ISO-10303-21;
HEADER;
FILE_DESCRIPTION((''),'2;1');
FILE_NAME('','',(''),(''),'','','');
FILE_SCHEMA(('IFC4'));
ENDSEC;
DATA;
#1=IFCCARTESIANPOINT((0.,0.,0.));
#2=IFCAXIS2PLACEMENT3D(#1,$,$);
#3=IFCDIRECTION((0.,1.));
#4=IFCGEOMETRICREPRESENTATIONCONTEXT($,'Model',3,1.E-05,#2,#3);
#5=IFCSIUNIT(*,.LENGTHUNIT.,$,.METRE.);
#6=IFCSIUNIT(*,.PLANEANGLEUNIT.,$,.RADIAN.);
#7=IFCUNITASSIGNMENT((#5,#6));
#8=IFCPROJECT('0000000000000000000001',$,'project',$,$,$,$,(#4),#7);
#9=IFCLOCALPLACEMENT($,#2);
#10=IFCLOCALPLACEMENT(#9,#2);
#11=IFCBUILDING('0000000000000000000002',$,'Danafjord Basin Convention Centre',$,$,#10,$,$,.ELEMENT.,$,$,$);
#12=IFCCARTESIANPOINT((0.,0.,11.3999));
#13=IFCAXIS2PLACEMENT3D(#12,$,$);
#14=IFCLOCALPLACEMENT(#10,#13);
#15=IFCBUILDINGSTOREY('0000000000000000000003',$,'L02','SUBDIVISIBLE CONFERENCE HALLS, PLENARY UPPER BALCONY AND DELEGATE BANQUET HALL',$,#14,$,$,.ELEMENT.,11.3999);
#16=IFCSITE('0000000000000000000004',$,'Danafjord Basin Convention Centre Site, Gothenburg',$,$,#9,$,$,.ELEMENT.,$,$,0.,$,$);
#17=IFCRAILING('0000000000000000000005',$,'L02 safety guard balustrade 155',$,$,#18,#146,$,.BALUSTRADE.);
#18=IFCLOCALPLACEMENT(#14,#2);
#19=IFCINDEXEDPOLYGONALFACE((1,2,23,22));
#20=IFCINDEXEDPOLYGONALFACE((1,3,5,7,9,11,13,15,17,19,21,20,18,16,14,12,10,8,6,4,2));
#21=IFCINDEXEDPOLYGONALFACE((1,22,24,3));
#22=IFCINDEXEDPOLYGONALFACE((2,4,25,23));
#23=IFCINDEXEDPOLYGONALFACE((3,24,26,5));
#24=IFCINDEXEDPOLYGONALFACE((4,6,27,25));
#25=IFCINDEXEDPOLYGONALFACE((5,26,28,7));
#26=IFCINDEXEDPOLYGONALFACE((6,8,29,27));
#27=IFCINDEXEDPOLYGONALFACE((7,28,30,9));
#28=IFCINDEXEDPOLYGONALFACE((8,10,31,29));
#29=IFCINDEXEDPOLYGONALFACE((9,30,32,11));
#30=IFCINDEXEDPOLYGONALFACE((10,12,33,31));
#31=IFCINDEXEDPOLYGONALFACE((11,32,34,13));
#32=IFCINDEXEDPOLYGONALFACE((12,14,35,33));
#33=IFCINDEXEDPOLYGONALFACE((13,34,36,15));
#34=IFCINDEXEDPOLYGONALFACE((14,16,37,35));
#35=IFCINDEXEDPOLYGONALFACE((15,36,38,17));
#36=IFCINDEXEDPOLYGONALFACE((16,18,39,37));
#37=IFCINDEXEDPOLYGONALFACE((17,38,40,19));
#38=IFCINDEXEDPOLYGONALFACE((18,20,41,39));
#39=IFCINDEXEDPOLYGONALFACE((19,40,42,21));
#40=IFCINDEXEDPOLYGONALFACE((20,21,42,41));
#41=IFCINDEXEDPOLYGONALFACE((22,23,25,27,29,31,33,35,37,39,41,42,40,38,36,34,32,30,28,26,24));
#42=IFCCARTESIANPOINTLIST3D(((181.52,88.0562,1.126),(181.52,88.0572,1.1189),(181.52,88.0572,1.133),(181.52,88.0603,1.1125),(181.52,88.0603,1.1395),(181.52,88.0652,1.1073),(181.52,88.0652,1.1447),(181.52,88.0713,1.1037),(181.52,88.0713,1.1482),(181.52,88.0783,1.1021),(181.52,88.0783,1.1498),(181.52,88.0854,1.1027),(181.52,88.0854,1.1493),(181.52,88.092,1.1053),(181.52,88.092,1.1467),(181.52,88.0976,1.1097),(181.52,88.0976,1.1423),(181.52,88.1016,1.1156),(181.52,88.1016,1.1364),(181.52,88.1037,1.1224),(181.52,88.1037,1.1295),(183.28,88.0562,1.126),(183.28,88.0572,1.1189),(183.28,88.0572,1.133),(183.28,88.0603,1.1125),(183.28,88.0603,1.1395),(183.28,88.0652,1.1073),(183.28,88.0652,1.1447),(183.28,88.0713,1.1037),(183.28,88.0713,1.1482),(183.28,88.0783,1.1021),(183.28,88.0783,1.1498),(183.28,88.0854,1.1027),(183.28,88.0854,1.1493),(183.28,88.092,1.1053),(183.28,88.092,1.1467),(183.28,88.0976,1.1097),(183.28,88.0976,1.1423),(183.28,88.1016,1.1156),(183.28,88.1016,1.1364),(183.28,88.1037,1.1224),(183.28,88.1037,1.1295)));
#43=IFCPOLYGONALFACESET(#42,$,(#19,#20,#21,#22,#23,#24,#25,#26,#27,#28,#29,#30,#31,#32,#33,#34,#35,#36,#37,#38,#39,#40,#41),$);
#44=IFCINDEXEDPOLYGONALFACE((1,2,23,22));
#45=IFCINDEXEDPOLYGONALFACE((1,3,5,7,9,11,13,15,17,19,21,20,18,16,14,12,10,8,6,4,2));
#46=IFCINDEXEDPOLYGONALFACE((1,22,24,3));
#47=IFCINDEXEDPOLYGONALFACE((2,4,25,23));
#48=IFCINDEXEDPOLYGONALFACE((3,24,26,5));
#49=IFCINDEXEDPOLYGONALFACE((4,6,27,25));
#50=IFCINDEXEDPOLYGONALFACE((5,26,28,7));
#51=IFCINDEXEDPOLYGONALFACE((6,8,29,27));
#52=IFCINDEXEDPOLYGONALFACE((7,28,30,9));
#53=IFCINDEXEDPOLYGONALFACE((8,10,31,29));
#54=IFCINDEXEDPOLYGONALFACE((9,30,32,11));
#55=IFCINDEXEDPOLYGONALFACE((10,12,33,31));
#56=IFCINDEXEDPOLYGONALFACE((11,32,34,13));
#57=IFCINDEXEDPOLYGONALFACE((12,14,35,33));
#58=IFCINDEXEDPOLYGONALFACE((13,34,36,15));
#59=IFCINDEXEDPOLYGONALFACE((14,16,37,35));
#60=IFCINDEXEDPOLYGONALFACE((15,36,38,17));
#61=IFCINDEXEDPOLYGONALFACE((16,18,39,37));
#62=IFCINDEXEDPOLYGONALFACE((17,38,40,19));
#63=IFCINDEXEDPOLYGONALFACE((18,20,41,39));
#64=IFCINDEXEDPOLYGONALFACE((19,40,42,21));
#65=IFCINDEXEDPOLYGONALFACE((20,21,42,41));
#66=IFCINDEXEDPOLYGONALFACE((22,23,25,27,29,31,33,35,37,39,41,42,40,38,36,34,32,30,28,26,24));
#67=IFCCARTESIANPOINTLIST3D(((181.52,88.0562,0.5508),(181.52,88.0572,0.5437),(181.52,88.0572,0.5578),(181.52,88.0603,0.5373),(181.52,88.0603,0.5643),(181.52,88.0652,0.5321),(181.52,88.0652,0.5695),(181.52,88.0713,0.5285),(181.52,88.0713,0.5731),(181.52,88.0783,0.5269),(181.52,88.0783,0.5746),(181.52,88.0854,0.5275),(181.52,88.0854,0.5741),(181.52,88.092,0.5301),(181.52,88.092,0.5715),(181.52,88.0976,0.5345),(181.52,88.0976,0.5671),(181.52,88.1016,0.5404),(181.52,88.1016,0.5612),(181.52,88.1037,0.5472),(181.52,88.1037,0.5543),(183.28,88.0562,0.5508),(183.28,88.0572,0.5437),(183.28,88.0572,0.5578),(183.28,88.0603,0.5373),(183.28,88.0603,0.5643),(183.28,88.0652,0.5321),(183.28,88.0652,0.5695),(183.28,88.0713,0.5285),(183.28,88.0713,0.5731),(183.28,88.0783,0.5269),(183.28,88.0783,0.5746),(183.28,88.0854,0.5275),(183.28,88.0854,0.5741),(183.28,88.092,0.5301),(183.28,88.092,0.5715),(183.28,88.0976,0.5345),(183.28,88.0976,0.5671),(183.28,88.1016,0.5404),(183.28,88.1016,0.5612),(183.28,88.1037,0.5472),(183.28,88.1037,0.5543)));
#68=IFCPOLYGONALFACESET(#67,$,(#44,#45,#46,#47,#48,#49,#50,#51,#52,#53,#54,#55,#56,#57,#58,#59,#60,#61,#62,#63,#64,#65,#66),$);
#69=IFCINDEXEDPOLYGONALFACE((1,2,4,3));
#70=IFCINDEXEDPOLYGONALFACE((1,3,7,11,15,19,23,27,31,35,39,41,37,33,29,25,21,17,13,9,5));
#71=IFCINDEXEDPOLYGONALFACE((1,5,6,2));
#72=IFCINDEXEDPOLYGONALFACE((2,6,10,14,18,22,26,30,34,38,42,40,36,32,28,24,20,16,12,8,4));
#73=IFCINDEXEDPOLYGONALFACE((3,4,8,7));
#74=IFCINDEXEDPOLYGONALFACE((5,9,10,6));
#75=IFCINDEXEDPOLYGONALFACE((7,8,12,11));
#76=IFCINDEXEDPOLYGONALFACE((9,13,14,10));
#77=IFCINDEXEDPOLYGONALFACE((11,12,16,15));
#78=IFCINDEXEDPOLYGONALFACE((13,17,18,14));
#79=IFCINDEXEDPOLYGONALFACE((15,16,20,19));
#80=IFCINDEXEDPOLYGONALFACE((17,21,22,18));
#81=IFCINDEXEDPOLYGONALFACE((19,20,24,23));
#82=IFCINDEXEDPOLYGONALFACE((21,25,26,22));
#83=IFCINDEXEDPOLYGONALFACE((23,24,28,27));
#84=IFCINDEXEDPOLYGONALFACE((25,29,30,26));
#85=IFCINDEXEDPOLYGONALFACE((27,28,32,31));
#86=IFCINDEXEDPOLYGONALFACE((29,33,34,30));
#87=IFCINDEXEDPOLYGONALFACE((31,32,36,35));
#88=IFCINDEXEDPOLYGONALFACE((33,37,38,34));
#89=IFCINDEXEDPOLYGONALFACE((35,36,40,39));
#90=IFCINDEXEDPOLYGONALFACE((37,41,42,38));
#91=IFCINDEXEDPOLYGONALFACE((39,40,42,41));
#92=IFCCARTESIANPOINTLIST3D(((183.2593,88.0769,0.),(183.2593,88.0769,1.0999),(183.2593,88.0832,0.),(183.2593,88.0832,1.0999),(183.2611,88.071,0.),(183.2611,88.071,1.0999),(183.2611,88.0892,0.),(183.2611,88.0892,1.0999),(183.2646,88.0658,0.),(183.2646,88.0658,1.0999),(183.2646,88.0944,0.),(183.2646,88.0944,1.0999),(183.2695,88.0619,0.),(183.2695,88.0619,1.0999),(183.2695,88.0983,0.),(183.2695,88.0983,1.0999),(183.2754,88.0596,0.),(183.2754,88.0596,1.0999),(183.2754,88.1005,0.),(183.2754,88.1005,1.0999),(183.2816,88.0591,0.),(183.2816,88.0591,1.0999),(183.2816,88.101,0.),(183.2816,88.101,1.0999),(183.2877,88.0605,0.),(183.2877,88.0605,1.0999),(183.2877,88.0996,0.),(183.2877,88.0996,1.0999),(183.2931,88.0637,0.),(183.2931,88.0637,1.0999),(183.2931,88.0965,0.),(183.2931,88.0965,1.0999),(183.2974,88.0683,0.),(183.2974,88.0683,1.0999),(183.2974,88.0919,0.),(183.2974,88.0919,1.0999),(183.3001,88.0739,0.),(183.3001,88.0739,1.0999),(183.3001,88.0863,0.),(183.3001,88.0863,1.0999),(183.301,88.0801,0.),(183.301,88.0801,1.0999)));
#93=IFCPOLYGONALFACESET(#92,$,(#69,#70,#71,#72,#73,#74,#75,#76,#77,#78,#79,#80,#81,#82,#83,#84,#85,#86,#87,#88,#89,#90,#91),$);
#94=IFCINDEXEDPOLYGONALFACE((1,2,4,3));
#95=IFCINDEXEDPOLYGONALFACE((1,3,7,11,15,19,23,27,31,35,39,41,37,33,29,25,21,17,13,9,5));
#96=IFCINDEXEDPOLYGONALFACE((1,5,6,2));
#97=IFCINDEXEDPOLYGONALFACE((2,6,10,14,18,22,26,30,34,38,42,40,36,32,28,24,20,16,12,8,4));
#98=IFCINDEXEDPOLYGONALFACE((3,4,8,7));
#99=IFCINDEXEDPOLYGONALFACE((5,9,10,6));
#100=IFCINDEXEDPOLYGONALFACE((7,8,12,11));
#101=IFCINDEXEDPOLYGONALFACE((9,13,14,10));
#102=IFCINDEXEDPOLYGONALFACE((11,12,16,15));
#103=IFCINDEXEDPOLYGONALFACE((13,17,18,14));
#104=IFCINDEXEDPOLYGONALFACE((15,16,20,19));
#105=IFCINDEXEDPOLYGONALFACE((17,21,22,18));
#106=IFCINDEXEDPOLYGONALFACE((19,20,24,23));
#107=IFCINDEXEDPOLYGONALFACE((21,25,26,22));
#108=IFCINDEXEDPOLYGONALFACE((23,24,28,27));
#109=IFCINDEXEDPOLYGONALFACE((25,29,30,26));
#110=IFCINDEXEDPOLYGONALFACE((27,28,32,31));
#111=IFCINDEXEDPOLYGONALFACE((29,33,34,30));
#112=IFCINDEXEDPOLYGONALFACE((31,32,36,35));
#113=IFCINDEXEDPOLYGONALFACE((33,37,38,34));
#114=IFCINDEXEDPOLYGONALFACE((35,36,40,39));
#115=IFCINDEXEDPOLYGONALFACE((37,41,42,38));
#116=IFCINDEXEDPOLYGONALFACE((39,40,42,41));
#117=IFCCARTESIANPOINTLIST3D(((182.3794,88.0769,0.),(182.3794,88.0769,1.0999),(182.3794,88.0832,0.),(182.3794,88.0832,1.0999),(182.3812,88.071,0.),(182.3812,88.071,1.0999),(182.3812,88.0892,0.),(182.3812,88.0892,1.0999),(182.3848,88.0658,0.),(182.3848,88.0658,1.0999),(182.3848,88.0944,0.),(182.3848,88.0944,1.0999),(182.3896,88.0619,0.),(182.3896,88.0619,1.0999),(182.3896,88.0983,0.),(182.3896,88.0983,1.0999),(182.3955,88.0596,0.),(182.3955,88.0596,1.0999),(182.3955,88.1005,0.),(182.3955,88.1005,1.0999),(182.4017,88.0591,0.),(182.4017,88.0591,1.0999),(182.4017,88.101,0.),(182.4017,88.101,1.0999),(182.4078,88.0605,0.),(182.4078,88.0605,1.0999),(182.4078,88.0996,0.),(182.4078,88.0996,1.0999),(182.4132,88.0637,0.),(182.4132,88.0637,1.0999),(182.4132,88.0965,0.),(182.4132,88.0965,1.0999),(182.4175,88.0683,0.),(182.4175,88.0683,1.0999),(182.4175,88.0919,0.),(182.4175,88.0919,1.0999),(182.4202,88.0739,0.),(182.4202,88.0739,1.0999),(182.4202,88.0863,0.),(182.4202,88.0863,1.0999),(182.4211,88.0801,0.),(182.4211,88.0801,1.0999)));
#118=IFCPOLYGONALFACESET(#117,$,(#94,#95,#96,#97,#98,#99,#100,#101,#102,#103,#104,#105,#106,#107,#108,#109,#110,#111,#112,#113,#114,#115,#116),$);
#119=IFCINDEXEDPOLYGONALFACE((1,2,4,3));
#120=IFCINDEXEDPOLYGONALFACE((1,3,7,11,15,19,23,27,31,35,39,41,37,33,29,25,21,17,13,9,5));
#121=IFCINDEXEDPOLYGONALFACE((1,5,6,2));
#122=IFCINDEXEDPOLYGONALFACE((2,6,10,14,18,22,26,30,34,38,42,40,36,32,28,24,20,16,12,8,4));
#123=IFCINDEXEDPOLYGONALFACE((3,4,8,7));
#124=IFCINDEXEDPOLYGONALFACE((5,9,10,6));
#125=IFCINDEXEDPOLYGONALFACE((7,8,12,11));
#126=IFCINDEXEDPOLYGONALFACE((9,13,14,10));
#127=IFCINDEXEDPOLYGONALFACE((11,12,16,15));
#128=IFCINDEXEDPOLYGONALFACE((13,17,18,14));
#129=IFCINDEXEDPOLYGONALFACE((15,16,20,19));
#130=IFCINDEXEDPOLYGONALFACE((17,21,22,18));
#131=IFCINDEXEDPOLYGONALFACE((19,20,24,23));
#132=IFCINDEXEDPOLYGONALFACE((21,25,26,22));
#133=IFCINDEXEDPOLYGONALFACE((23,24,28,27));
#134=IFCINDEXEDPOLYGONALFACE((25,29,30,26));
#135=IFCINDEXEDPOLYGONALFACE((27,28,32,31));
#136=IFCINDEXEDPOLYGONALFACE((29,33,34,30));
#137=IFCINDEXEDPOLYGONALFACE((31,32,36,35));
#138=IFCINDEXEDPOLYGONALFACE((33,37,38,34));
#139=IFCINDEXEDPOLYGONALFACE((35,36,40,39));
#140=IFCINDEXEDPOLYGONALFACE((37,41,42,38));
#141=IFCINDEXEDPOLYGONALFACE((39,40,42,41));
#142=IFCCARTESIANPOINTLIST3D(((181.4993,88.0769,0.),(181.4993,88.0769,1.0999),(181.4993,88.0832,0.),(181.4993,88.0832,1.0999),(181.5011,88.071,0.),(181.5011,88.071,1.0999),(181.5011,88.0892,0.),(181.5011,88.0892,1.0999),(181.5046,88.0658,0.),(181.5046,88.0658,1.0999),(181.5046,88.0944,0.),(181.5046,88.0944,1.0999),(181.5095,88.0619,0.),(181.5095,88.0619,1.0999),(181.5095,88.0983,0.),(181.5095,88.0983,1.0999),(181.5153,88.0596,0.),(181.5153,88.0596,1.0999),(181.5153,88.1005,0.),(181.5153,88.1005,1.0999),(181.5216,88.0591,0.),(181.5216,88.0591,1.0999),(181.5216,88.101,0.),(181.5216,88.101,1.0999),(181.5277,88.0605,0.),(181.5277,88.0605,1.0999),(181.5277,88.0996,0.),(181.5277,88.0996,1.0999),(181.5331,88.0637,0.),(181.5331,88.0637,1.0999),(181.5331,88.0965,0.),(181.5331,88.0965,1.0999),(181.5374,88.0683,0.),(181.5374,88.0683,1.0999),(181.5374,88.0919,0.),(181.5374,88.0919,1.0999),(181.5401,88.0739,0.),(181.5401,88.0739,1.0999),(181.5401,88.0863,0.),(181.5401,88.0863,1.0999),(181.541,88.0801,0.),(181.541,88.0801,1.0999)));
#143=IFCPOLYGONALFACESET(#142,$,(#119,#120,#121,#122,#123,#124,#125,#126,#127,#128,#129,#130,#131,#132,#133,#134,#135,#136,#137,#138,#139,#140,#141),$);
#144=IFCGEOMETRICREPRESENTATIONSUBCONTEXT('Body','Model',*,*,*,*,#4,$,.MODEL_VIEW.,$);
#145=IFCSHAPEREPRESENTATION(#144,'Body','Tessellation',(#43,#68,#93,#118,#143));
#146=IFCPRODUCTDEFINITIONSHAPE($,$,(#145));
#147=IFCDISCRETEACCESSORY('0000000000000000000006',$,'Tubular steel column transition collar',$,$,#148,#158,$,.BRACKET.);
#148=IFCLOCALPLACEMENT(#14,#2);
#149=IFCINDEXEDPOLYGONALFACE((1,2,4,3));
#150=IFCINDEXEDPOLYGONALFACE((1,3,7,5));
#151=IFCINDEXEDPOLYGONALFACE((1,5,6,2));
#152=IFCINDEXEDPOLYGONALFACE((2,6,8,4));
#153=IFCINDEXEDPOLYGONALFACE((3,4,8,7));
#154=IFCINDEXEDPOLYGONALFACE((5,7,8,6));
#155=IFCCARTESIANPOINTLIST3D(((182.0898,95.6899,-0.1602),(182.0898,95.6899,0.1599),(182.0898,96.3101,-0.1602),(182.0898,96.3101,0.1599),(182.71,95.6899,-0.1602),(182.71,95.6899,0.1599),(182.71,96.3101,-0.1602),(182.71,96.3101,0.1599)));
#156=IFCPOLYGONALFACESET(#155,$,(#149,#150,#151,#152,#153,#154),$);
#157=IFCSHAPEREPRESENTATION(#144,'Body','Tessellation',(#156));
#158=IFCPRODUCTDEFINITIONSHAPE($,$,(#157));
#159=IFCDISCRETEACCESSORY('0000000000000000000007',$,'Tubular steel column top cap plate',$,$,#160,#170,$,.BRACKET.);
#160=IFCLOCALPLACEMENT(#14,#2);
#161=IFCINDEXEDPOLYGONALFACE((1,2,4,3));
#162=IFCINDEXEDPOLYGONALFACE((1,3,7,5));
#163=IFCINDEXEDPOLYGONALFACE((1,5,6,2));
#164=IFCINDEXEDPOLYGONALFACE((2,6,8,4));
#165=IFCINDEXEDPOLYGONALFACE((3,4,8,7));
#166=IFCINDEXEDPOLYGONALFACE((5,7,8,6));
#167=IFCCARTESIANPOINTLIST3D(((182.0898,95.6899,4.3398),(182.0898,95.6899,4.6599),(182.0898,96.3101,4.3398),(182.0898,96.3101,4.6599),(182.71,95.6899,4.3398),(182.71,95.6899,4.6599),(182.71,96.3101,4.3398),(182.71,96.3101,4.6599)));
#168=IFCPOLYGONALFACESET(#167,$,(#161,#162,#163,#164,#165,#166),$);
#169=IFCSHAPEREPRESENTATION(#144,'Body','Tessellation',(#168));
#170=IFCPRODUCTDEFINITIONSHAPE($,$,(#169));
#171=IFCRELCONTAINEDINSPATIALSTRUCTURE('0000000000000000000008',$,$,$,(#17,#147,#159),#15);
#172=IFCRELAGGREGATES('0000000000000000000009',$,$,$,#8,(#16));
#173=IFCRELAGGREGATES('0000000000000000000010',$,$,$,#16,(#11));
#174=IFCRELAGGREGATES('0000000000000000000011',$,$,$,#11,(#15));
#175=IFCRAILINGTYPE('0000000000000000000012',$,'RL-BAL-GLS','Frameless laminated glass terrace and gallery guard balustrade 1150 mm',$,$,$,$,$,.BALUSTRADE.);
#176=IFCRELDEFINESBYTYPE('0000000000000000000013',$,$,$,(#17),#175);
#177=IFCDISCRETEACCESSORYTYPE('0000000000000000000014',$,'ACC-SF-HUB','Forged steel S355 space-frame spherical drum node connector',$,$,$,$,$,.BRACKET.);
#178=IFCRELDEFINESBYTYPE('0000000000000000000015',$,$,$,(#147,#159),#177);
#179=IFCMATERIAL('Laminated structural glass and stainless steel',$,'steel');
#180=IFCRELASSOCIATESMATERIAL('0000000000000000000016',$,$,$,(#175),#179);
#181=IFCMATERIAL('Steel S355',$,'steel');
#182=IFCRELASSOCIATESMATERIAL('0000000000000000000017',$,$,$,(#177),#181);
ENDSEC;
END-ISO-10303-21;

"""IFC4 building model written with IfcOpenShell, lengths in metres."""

from ifc_helpers import new_model, si_unit, direction, frame, origin, origin_2d, place, context, subcontext, project, spatial, rectangle, circle, extrude, material, type_object, element, save


model = new_model("IFC4")

# Units and contexts
model_context = context("Model", 3, precision=1e-05, world=origin(), true_north=direction((0.0, 1.0)))
body_context = subcontext(model_context, "Body", "Model", "MODEL_VIEW")
ifc_project = project(units=[si_unit("LENGTHUNIT", "METRE"), si_unit("PLANEANGLEUNIT", "RADIAN")], contexts=[model_context])

# Site, building, storey
site_placement = place(None, origin())
site = spatial("IfcSite", under=ifc_project, at=site_placement, Name="Danafjord Basin Convention Centre Site, Gothenburg", CompositionType="ELEMENT", RefElevation=0.0)
building_placement = place(site_placement, origin())
building = spatial("IfcBuilding", under=site, at=building_placement, Name="Danafjord Basin Convention Centre", CompositionType="ELEMENT")
storey_placement = place(building_placement, frame((0.0, 0.0, 11.3999)))
storey = spatial("IfcBuildingStorey", under=building, at=storey_placement, Name="L02", Description="SUBDIVISIBLE CONFERENCE HALLS, PLENARY UPPER BALCONY AND DELEGATE BANQUET HALL", CompositionType="ELEMENT", Elevation=11.3999)

# Shared definitions
ifc_material_1 = material(Name="Steel S355", Category="steel")

# Railing
ifc_material_2 = material(Name="Laminated structural glass and stainless steel", Category="steel")
railing_type = type_object("IfcRailingType", Name="RL-BAL-GLS", Description="Frameless laminated glass terrace and gallery guard balustrade 1150 mm", PredefinedType="BALUSTRADE", material=ifc_material_2)
railing_placement = place(storey_placement, frame((183.28, 88.0801, 0.0)))
element("IfcRailing", 1, at=railing_placement, inside=storey, type_object=railing_type, Name="L02 safety guard balustrade 155", PredefinedType="BALUSTRADE", context=body_context, shape_type="SweptSolid", body=[
    extrude(circle(Radius=0.0239, at=origin_2d()), frame((0.0, 0.0, 1.126), z_axis=(-1.0, 0.0, 0.0), x_axis=(0.0, -1.0, 0.0)), (0.0, 0.0, 1.0), 1.76),
    extrude(circle(Radius=0.0239, at=origin_2d()), frame((0.0, 0.0, 0.5508), z_axis=(-1.0, 0.0, 0.0), x_axis=(0.0, -1.0, 0.0)), (0.0, 0.0, 1.0), 1.76),
    extrude(circle(Radius=0.021, at=origin_2d()), origin(), (0.0, 0.0, 1.0), 1.0999),
    extrude(circle(Radius=0.021, at=origin_2d()), frame((-0.8799, 0.0, 0.0)), (0.0, 0.0, 1.0), 1.0999),
    extrude(circle(Radius=0.021, at=origin_2d()), frame((-1.76, 0.0, 0.0)), (0.0, 0.0, 1.0), 1.0999),
])

# Discrete accessories
discrete_accessory_type = type_object("IfcDiscreteAccessoryType", Name="ACC-SF-HUB", Description="Forged steel S355 space-frame spherical drum node connector", PredefinedType="BRACKET", material=ifc_material_1)
for number, where, z_axis, x_axis, name in (
    (2, (182.3999, 96.0, -0.1602), (0.0, 0.0, 1.0), (1.0, 0.0, 0.0), "Tubular steel column transition collar"),
    (3, (182.3999, 96.0, 4.3398), (0.0, 0.0, 1.0), (1.0, 0.0, 0.0), "Tubular steel column top cap plate"),
):
    element("IfcDiscreteAccessory", number, at=place(storey_placement, frame(where, z_axis=z_axis, x_axis=x_axis)), inside=storey, type_object=discrete_accessory_type, Name=name, PredefinedType="BRACKET", context=body_context, shape_type="SweptSolid", body=[
        extrude(rectangle(XDim=0.6201, YDim=0.6201, at=origin_2d()), origin(), (0.0, 0.0, 1.0), 0.3201),
    ])

save(model, "model.ifc")
